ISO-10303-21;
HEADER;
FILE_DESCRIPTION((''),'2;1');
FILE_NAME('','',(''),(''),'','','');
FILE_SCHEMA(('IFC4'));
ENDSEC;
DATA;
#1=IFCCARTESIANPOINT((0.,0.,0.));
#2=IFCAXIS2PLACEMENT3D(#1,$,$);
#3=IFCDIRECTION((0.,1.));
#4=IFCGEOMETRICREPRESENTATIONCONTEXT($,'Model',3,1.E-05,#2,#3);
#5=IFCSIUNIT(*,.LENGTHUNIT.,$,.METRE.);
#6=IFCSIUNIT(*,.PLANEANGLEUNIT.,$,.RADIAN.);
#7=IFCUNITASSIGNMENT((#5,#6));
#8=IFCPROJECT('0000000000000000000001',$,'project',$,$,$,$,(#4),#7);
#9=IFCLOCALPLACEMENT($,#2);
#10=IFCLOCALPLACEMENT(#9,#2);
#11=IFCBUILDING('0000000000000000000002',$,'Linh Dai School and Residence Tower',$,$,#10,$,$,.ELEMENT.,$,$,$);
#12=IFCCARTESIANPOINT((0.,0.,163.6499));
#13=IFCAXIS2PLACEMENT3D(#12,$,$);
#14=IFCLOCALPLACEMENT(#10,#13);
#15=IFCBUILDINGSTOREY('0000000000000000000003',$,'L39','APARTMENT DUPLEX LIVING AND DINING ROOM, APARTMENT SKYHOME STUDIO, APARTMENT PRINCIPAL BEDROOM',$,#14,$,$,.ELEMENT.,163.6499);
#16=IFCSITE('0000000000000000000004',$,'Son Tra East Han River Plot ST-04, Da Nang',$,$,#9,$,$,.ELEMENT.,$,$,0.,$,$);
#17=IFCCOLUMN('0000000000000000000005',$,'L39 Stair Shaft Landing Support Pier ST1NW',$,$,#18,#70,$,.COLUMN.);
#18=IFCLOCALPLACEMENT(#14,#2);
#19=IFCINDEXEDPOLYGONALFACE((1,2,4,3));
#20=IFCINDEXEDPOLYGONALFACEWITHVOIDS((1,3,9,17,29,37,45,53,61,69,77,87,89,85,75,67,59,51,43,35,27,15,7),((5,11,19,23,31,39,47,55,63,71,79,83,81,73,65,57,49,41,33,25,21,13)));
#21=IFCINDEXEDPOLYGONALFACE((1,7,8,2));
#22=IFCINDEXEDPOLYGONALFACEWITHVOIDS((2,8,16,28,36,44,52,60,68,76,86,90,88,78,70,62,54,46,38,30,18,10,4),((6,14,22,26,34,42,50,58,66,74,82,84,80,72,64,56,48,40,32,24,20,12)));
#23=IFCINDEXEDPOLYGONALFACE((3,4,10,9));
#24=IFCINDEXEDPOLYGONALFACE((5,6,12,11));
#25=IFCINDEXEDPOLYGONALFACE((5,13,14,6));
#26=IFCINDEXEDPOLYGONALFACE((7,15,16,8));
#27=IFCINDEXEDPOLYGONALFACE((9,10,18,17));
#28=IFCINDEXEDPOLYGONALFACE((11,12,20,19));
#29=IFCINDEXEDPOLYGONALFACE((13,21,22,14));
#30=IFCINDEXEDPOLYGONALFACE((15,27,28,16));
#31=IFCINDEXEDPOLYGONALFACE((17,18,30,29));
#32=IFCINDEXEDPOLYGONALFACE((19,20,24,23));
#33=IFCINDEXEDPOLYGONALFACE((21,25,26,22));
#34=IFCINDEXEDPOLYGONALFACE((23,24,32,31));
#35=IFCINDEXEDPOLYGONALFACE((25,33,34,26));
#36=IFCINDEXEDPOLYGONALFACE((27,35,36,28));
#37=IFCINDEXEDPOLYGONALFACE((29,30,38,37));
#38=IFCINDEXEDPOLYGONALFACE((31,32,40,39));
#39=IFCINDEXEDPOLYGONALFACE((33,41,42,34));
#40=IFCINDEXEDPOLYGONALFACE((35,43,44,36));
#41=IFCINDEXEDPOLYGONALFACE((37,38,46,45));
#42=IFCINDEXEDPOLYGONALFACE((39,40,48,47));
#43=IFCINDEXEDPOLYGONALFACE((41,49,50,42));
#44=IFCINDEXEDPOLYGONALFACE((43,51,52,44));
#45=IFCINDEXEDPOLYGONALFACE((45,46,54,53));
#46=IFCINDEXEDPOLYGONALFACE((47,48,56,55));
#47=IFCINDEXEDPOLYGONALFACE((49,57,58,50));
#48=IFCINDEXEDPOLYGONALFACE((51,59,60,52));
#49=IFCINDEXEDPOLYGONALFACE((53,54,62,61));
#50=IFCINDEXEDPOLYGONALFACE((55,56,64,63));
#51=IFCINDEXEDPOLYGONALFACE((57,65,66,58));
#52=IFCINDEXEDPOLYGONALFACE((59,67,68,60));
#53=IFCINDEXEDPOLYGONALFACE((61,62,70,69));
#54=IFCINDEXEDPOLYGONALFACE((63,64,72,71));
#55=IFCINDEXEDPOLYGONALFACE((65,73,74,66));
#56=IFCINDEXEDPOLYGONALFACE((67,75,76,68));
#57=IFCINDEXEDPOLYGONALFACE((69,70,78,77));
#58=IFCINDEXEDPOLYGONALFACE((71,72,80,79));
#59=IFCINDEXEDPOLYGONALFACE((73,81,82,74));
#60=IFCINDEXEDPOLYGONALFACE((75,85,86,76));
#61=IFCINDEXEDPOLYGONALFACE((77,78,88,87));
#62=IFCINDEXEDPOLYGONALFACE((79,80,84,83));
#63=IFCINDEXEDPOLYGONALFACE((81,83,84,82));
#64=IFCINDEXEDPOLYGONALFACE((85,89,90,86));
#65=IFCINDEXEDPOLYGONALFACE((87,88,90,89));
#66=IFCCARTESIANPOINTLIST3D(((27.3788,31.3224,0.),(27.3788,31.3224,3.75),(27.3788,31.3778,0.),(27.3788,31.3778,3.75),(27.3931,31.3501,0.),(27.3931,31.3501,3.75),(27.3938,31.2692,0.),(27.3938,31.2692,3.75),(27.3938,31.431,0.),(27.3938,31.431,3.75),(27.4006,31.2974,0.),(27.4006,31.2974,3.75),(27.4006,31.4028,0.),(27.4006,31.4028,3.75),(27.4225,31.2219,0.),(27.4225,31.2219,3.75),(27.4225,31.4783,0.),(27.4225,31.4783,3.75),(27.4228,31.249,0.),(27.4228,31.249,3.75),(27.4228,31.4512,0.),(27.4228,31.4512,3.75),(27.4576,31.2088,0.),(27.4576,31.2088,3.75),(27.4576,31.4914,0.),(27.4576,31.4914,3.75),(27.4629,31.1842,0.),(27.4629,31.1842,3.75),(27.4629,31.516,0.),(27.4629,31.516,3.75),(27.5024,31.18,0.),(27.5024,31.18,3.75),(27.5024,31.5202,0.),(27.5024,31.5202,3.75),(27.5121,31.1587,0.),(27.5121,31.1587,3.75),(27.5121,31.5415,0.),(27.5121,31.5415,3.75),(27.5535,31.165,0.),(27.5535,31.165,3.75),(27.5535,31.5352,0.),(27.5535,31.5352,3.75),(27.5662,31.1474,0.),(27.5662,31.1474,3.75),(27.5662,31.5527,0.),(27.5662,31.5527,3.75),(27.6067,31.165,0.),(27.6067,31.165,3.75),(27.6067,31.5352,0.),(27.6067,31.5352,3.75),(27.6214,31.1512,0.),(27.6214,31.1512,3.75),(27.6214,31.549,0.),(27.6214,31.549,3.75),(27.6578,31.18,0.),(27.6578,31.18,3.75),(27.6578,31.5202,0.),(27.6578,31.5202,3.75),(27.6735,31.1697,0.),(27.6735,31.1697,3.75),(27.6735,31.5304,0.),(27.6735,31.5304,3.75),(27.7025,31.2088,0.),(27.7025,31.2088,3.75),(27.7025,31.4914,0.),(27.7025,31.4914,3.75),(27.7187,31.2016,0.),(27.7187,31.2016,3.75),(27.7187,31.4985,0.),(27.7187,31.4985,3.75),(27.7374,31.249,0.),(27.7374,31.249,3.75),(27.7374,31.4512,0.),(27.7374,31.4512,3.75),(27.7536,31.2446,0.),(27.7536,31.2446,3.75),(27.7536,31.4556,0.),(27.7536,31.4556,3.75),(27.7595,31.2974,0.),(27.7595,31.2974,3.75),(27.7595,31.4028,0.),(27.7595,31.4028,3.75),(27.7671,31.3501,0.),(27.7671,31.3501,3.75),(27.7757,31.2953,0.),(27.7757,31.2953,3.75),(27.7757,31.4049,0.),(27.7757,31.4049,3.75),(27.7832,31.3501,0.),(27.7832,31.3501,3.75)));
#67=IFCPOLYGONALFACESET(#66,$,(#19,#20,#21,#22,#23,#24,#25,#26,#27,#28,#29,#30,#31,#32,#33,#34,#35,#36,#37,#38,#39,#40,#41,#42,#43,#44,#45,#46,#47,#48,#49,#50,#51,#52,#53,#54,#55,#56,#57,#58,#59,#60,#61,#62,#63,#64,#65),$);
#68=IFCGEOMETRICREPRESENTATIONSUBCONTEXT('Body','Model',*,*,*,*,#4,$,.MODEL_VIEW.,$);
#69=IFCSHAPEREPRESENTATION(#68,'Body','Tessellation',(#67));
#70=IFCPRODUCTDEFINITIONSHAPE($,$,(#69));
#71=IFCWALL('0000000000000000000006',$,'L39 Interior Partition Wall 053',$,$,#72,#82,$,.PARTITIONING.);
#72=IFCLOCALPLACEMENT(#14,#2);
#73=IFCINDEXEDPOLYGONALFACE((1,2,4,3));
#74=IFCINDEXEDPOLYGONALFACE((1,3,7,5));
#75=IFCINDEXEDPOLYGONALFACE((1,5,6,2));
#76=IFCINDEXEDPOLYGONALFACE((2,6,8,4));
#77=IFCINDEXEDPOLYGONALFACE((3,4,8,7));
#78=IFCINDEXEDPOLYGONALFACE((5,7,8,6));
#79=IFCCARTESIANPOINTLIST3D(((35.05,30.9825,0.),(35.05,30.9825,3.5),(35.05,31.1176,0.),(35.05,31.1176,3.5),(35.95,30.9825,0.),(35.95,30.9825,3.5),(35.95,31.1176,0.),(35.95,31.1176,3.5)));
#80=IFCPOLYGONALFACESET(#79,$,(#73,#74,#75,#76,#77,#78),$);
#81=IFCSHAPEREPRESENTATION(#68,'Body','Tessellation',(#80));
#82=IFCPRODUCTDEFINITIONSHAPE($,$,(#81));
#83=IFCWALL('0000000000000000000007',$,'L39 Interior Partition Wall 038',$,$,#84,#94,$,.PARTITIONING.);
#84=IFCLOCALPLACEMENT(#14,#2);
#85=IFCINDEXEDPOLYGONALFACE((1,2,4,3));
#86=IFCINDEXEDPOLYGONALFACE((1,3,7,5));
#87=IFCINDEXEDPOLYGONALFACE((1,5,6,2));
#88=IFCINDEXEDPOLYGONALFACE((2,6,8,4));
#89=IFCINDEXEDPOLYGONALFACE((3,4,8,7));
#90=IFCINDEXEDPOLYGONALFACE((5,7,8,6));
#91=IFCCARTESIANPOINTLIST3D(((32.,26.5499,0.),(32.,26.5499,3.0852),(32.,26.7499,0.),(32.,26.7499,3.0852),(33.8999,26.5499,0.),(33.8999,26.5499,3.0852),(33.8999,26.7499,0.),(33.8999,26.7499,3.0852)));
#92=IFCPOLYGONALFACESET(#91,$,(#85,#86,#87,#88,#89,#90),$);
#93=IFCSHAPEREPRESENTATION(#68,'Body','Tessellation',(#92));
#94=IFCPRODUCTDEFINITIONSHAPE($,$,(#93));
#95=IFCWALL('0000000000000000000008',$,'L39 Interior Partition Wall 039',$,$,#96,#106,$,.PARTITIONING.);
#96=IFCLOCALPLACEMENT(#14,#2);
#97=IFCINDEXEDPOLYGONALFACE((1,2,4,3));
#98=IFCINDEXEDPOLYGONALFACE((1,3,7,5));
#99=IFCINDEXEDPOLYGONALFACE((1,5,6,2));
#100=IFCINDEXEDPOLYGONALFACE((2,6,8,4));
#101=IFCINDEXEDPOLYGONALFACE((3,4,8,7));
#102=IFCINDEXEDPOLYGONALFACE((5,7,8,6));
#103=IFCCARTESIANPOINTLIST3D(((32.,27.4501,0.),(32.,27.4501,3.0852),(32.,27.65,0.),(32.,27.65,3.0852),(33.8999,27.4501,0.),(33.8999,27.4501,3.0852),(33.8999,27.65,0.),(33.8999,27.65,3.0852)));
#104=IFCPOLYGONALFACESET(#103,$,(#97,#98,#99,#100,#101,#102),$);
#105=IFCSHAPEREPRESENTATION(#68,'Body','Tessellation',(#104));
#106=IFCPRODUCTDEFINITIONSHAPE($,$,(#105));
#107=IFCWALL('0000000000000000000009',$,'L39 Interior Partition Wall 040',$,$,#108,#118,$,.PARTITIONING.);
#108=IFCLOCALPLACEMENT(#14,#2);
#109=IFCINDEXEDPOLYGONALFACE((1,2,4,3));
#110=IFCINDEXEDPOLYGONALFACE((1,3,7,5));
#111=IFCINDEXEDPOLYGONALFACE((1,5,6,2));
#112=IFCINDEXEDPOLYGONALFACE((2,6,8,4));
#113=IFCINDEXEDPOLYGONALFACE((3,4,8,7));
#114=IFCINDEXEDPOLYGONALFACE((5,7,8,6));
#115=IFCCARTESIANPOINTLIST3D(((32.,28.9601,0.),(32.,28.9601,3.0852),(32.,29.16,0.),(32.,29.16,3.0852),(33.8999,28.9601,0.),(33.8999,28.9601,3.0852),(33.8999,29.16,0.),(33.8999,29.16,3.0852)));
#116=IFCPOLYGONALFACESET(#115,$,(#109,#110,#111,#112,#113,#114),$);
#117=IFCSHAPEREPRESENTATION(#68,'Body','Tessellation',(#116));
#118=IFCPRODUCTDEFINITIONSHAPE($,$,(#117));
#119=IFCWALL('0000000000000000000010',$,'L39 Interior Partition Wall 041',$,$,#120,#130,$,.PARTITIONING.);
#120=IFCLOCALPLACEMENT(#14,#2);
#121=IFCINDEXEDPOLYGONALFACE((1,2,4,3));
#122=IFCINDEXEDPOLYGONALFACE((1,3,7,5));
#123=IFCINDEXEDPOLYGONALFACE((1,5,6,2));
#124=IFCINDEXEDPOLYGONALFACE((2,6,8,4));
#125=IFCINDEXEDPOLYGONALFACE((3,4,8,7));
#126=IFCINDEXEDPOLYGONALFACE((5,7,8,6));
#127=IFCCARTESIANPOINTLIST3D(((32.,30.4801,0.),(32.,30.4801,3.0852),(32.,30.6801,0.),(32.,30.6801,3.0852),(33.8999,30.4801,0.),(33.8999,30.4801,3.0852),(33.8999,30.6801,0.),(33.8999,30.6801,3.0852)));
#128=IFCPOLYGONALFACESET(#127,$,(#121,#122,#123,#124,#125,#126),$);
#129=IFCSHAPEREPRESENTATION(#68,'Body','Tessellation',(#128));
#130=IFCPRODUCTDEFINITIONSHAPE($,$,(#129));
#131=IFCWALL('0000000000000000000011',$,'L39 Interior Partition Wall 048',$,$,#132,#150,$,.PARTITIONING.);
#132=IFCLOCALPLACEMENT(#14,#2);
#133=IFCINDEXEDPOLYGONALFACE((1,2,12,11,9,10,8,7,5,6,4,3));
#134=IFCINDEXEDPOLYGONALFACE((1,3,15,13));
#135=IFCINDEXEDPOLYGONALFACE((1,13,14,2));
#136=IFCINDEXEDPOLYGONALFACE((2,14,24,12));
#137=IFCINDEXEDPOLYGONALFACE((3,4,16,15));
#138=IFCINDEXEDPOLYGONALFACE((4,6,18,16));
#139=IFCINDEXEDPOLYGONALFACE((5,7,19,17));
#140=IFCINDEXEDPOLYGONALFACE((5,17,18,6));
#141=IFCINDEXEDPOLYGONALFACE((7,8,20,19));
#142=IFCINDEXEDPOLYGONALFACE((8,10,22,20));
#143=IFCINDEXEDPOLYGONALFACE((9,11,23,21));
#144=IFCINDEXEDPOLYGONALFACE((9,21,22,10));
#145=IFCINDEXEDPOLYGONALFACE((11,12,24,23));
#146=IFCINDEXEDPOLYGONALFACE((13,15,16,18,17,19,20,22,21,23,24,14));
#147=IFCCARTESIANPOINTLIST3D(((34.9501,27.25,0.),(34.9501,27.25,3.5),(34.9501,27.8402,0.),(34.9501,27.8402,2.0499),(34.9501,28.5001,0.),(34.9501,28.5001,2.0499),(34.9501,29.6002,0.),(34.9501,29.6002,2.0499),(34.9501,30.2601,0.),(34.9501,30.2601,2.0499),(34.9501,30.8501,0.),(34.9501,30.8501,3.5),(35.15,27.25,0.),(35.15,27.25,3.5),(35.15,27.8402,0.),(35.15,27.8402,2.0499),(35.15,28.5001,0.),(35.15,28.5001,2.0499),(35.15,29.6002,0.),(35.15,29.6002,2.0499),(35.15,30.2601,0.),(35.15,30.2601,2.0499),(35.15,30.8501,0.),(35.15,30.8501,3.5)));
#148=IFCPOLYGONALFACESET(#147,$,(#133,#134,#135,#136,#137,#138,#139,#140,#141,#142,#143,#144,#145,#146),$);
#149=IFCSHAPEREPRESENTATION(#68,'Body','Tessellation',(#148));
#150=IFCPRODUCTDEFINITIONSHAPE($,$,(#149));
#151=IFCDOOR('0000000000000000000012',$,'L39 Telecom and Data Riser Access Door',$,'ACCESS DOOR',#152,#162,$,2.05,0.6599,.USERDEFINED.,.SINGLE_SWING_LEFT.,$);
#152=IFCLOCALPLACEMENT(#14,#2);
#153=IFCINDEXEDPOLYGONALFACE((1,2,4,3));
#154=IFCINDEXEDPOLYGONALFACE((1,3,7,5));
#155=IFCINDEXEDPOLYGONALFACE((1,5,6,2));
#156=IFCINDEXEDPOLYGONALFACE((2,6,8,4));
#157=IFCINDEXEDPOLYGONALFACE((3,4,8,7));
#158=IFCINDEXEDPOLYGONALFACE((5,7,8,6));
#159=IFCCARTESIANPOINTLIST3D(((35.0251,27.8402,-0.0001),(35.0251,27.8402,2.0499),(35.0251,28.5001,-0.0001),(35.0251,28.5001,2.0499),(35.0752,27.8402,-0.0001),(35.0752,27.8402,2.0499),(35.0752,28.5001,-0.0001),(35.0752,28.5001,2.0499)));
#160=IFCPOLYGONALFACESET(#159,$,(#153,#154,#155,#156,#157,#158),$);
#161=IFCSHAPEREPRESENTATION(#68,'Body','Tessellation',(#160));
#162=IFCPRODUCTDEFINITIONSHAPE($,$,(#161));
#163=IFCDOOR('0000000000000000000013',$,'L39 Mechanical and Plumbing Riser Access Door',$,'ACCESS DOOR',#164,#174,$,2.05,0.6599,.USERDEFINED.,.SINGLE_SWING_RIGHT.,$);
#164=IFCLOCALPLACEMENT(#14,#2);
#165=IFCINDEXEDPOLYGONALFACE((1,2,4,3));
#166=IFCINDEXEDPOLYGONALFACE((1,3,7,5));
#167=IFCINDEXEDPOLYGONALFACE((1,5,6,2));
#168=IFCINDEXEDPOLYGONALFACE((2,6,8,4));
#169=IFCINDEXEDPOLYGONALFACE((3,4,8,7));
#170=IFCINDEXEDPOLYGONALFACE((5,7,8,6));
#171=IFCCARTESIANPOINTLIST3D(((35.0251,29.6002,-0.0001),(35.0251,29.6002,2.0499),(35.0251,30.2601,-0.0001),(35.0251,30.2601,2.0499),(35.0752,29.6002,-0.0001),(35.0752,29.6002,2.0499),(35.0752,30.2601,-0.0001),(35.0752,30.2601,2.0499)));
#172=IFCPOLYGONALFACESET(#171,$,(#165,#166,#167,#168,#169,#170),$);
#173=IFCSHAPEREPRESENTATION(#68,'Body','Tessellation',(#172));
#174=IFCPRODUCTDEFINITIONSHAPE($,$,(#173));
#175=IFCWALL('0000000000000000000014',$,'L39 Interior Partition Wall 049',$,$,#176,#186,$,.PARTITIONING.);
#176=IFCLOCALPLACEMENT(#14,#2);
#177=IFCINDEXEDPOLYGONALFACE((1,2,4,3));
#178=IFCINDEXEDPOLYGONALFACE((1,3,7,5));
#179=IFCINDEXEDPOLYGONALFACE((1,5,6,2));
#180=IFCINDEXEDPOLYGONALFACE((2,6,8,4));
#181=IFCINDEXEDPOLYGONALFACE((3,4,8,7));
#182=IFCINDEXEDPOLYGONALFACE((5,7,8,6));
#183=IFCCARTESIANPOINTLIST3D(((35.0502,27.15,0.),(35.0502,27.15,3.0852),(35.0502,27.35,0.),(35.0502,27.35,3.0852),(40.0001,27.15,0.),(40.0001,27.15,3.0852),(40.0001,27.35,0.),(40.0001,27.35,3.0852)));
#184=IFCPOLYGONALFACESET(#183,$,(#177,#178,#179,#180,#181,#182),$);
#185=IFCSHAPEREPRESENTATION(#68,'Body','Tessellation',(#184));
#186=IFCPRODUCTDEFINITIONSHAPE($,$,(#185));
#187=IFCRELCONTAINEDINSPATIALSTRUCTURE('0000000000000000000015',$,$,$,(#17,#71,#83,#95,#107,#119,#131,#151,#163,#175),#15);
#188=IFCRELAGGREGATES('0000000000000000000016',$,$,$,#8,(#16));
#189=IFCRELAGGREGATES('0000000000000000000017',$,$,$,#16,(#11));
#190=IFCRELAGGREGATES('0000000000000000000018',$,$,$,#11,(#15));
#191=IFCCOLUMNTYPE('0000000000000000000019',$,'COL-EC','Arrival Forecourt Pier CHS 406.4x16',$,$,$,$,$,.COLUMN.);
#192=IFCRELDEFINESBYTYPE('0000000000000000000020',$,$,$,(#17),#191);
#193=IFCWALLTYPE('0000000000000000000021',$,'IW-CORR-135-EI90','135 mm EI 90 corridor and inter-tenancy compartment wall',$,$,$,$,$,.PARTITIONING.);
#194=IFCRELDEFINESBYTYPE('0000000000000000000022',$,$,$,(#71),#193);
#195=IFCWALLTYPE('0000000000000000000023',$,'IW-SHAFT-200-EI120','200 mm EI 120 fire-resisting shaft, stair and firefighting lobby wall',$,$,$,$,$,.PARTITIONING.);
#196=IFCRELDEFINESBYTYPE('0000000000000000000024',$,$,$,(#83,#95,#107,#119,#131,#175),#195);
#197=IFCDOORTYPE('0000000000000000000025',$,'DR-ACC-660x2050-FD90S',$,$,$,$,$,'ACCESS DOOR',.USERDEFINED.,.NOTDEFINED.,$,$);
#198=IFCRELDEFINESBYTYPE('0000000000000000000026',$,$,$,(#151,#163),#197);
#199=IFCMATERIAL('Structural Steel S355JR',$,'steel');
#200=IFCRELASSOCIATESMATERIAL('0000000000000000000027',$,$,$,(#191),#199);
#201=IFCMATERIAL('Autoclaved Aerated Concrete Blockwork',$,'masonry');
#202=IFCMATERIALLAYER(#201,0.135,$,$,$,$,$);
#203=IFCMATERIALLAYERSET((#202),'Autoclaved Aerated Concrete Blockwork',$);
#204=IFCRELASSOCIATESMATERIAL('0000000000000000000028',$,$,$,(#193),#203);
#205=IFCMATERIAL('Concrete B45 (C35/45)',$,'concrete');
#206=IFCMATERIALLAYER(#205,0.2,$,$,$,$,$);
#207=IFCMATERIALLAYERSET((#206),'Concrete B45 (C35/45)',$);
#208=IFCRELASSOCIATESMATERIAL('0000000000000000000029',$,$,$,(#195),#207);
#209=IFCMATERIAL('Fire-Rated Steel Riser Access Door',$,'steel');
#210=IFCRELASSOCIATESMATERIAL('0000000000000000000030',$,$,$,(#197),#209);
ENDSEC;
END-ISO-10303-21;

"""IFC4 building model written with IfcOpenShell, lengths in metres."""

from ifc_helpers import new_model, si_unit, direction, frame, frame_2d, origin, origin_2d, place, context, subcontext, project, spatial, rectangle, hollow_circle, extrude, source, transform, mapped, material, layer, layer_set, material_profile, profile_set, type_object, element, fill, save


model = new_model("IFC4")

# Units and contexts
model_context = context("Model", 3, precision=1e-05, world=origin(), true_north=direction((0.0, 1.0)))
body_context = subcontext(model_context, "Body", "Model", "MODEL_VIEW")
ifc_project = project(units=[si_unit("LENGTHUNIT", "METRE"), si_unit("PLANEANGLEUNIT", "RADIAN")], contexts=[model_context])

# Site, building, storey
site_placement = place(None, origin())
site = spatial("IfcSite", under=ifc_project, at=site_placement, Name="Son Tra East Han River Plot ST-04, Da Nang", CompositionType="ELEMENT", RefElevation=0.0)
building_placement = place(site_placement, origin())
building = spatial("IfcBuilding", under=site, at=building_placement, Name="Linh Dai School and Residence Tower", CompositionType="ELEMENT")
storey_placement = place(building_placement, frame((0.0, 0.0, 163.6499)))
storey = spatial("IfcBuildingStorey", under=building, at=storey_placement, Name="L39", Description="APARTMENT DUPLEX LIVING AND DINING ROOM, APARTMENT SKYHOME STUDIO, APARTMENT PRINCIPAL BEDROOM", CompositionType="ELEMENT", Elevation=163.6499)

# Column
ifc_material_1 = material(Name="Structural Steel S355JR", Category="steel")
ifc_material_profile = material_profile(ifc_material_1, hollow_circle(Radius=0.2031, WallThickness=0.0161, at=origin_2d()), Name="CHS 406.4x16")
ifc_profile_set = profile_set([ifc_material_profile], Name="Structural Steel S355JR")
column_type = type_object("IfcColumnType", Name="COL-EC", Description="Arrival Forecourt Pier CHS 406.4x16", PredefinedType="COLUMN", material=ifc_profile_set)
column_placement = place(storey_placement, frame((27.5801, 31.3501, 0.0), z_axis=(0.0, 0.0, 1.0), x_axis=(1.0, 0.0, 0.0)))
element("IfcColumn", 1, at=column_placement, inside=storey, type_object=column_type, Name="L39 Stair Shaft Landing Support Pier ST1NW", PredefinedType="COLUMN", context=body_context, shape_type="SweptSolid", body=[
    extrude(hollow_circle(Radius=0.2031, WallThickness=0.0161, at=origin_2d()), origin(), (0.0, 0.0, 1.0), 3.75),
])

# Shared definitions
ifc_material_2 = material(Name="Autoclaved Aerated Concrete Blockwork", Category="masonry")
ifc_layer_1 = layer(ifc_material_2, 0.135)
ifc_layer_set_1 = layer_set([ifc_layer_1], Name="Autoclaved Aerated Concrete Blockwork")
wall_type_1 = type_object("IfcWallType", Name="IW-CORR-135-EI90", Description="135 mm EI 90 corridor and inter-tenancy compartment wall", PredefinedType="PARTITIONING", material=ifc_layer_set_1)

# Walls
wall_1_placement = place(storey_placement, frame((35.05, 31.05, 0.0), z_axis=(0.0, 0.0, 1.0), x_axis=(1.0, 0.0, 0.0)))
element("IfcWall", 2, at=wall_1_placement, inside=storey, type_object=wall_type_1, Name="L39 Interior Partition Wall 053", PredefinedType="PARTITIONING", context=body_context, shape_type="SweptSolid", body=[
    extrude(rectangle(XDim=0.8999, YDim=0.135, at=frame_2d((0.45, 0.0))), origin(), (0.0, 0.0, 1.0), 3.5),
])
ifc_material_3 = material(Name="Concrete B45 (C35/45)", Category="concrete")
ifc_layer_2 = layer(ifc_material_3, 0.2)
ifc_layer_set_2 = layer_set([ifc_layer_2], Name="Concrete B45 (C35/45)")
wall_type_2 = type_object("IfcWallType", Name="IW-SHAFT-200-EI120", Description="200 mm EI 120 fire-resisting shaft, stair and firefighting lobby wall", PredefinedType="PARTITIONING", material=ifc_layer_set_2)
for number, where, z_axis, x_axis, name in (
    (3, (32.0, 26.6499, 0.0), (0.0, 0.0, 1.0), (1.0, 0.0, 0.0), "L39 Interior Partition Wall 038"),
    (4, (32.0, 27.55, 0.0), (0.0, 0.0, 1.0), (1.0, 0.0, 0.0), "L39 Interior Partition Wall 039"),
    (5, (32.0, 29.0601, 0.0), (0.0, 0.0, 1.0), (1.0, 0.0, 0.0), "L39 Interior Partition Wall 040"),
    (6, (32.0, 30.5801, 0.0), (0.0, 0.0, 1.0), (1.0, 0.0, 0.0), "L39 Interior Partition Wall 041"),
):
    element("IfcWall", number, at=place(storey_placement, frame(where, z_axis=z_axis, x_axis=x_axis)), inside=storey, type_object=wall_type_2, Name=name, PredefinedType="PARTITIONING", context=body_context, shape_type="SweptSolid", body=[
        extrude(rectangle(XDim=1.8999, YDim=0.2, at=frame_2d((0.95, 0.0))), origin(), (0.0, 0.0, 1.0), 3.0852),
    ])

# Wall, openings, doors
wall_2_placement = place(storey_placement, frame((35.05, 27.25, 0.0), z_axis=(0.0, 0.0, 1.0), x_axis=(0.0, 1.0, 0.0)))
wall_2 = element("IfcWall", 7, at=wall_2_placement, inside=storey, type_object=wall_type_2, Name="L39 Interior Partition Wall 048", PredefinedType="PARTITIONING", context=body_context, shape_type="SweptSolid", body=[
    extrude(rectangle(XDim=3.6001, YDim=0.2, at=frame_2d((1.8, 0.0))), origin(), (0.0, 0.0, 1.0), 3.5),
])
opening_1_placement = place(wall_2_placement, frame((0.5901, 0.0, 0.0)))
opening_1 = element("IfcOpeningElement", 8, at=opening_1_placement, cuts=wall_2, PredefinedType="OPENING", context=body_context, shape_type="SweptSolid", body=[
    extrude(rectangle(XDim=0.6599, YDim=2.05, at=origin_2d()), frame((0.3301, 0.1099, 1.0249), z_axis=(0.0, -1.0, 0.0), x_axis=(1.0, 0.0, 0.0)), (0.0, 0.0, 1.0), 0.22),
])
opening_2_placement = place(wall_2_placement, frame((2.3501, 0.0, 0.0)))
opening_2 = element("IfcOpeningElement", 9, at=opening_2_placement, cuts=wall_2, PredefinedType="OPENING", context=body_context, shape_type="SweptSolid", body=[
    extrude(rectangle(XDim=0.6599, YDim=2.05, at=origin_2d()), frame((0.3301, 0.1099, 1.0249), z_axis=(0.0, -1.0, 0.0), x_axis=(1.0, 0.0, 0.0)), (0.0, 0.0, 1.0), 0.22),
])
ifc_material_4 = material(Name="Fire-Rated Steel Riser Access Door", Category="steel")
door_type_1 = type_object("IfcDoorType", Name="DR-ACC-660x2050-FD90S", ElementType="ACCESS DOOR", OperationType="NOTDEFINED", PredefinedType="USERDEFINED", material=ifc_material_4)
shared_shape_1 = source(origin(), body_context, "Body", "SweptSolid", [
    extrude(rectangle(XDim=0.6599, YDim=2.05, at=origin_2d()), frame((0.3301, 0.0249, 1.0249), z_axis=(0.0, -1.0, 0.0), x_axis=(1.0, 0.0, 0.0)), (0.0, 0.0, 1.0), 0.05),
])
door_1_placement = place(opening_1_placement, origin())
door_1 = element("IfcDoor", 10, at=door_1_placement, inside=storey, type_object=door_type_1, Name="L39 Telecom and Data Riser Access Door", ObjectType="ACCESS DOOR", OperationType="SINGLE_SWING_LEFT", OverallHeight=2.05, OverallWidth=0.6599, PredefinedType="USERDEFINED", context=body_context, shape_type="MappedRepresentation", body=[
    mapped(shared_shape_1, transform((0.0, 0.0, 0.0), x_axis=(1.0, 0.0, 0.0), y_axis=(0.0, 1.0, 0.0), z_axis=(0.0, 0.0, 1.0), scale=1.0)),
])
fill(opening_1, door_1)
door_2_placement = place(opening_2_placement, origin())
door_2 = element("IfcDoor", 11, at=door_2_placement, inside=storey, type_object=door_type_1, Name="L39 Mechanical and Plumbing Riser Access Door", ObjectType="ACCESS DOOR", OperationType="SINGLE_SWING_RIGHT", OverallHeight=2.05, OverallWidth=0.6599, PredefinedType="USERDEFINED", context=body_context, shape_type="MappedRepresentation", body=[
    mapped(shared_shape_1, transform((0.0, 0.0, 0.0), x_axis=(1.0, 0.0, 0.0), y_axis=(0.0, 1.0, 0.0), z_axis=(0.0, 0.0, 1.0), scale=1.0)),
])
fill(opening_2, door_2)

# Wall
wall_3_placement = place(storey_placement, frame((35.05, 27.25, 0.0), z_axis=(0.0, 0.0, 1.0), x_axis=(1.0, 0.0, 0.0)))
element("IfcWall", 12, at=wall_3_placement, inside=storey, type_object=wall_type_2, Name="L39 Interior Partition Wall 049", PredefinedType="PARTITIONING", context=body_context, shape_type="SweptSolid", body=[
    extrude(rectangle(XDim=4.95, YDim=0.2, at=frame_2d((2.4751, 0.0))), origin(), (0.0, 0.0, 1.0), 3.0852),
])

save(model, "model.ifc")
